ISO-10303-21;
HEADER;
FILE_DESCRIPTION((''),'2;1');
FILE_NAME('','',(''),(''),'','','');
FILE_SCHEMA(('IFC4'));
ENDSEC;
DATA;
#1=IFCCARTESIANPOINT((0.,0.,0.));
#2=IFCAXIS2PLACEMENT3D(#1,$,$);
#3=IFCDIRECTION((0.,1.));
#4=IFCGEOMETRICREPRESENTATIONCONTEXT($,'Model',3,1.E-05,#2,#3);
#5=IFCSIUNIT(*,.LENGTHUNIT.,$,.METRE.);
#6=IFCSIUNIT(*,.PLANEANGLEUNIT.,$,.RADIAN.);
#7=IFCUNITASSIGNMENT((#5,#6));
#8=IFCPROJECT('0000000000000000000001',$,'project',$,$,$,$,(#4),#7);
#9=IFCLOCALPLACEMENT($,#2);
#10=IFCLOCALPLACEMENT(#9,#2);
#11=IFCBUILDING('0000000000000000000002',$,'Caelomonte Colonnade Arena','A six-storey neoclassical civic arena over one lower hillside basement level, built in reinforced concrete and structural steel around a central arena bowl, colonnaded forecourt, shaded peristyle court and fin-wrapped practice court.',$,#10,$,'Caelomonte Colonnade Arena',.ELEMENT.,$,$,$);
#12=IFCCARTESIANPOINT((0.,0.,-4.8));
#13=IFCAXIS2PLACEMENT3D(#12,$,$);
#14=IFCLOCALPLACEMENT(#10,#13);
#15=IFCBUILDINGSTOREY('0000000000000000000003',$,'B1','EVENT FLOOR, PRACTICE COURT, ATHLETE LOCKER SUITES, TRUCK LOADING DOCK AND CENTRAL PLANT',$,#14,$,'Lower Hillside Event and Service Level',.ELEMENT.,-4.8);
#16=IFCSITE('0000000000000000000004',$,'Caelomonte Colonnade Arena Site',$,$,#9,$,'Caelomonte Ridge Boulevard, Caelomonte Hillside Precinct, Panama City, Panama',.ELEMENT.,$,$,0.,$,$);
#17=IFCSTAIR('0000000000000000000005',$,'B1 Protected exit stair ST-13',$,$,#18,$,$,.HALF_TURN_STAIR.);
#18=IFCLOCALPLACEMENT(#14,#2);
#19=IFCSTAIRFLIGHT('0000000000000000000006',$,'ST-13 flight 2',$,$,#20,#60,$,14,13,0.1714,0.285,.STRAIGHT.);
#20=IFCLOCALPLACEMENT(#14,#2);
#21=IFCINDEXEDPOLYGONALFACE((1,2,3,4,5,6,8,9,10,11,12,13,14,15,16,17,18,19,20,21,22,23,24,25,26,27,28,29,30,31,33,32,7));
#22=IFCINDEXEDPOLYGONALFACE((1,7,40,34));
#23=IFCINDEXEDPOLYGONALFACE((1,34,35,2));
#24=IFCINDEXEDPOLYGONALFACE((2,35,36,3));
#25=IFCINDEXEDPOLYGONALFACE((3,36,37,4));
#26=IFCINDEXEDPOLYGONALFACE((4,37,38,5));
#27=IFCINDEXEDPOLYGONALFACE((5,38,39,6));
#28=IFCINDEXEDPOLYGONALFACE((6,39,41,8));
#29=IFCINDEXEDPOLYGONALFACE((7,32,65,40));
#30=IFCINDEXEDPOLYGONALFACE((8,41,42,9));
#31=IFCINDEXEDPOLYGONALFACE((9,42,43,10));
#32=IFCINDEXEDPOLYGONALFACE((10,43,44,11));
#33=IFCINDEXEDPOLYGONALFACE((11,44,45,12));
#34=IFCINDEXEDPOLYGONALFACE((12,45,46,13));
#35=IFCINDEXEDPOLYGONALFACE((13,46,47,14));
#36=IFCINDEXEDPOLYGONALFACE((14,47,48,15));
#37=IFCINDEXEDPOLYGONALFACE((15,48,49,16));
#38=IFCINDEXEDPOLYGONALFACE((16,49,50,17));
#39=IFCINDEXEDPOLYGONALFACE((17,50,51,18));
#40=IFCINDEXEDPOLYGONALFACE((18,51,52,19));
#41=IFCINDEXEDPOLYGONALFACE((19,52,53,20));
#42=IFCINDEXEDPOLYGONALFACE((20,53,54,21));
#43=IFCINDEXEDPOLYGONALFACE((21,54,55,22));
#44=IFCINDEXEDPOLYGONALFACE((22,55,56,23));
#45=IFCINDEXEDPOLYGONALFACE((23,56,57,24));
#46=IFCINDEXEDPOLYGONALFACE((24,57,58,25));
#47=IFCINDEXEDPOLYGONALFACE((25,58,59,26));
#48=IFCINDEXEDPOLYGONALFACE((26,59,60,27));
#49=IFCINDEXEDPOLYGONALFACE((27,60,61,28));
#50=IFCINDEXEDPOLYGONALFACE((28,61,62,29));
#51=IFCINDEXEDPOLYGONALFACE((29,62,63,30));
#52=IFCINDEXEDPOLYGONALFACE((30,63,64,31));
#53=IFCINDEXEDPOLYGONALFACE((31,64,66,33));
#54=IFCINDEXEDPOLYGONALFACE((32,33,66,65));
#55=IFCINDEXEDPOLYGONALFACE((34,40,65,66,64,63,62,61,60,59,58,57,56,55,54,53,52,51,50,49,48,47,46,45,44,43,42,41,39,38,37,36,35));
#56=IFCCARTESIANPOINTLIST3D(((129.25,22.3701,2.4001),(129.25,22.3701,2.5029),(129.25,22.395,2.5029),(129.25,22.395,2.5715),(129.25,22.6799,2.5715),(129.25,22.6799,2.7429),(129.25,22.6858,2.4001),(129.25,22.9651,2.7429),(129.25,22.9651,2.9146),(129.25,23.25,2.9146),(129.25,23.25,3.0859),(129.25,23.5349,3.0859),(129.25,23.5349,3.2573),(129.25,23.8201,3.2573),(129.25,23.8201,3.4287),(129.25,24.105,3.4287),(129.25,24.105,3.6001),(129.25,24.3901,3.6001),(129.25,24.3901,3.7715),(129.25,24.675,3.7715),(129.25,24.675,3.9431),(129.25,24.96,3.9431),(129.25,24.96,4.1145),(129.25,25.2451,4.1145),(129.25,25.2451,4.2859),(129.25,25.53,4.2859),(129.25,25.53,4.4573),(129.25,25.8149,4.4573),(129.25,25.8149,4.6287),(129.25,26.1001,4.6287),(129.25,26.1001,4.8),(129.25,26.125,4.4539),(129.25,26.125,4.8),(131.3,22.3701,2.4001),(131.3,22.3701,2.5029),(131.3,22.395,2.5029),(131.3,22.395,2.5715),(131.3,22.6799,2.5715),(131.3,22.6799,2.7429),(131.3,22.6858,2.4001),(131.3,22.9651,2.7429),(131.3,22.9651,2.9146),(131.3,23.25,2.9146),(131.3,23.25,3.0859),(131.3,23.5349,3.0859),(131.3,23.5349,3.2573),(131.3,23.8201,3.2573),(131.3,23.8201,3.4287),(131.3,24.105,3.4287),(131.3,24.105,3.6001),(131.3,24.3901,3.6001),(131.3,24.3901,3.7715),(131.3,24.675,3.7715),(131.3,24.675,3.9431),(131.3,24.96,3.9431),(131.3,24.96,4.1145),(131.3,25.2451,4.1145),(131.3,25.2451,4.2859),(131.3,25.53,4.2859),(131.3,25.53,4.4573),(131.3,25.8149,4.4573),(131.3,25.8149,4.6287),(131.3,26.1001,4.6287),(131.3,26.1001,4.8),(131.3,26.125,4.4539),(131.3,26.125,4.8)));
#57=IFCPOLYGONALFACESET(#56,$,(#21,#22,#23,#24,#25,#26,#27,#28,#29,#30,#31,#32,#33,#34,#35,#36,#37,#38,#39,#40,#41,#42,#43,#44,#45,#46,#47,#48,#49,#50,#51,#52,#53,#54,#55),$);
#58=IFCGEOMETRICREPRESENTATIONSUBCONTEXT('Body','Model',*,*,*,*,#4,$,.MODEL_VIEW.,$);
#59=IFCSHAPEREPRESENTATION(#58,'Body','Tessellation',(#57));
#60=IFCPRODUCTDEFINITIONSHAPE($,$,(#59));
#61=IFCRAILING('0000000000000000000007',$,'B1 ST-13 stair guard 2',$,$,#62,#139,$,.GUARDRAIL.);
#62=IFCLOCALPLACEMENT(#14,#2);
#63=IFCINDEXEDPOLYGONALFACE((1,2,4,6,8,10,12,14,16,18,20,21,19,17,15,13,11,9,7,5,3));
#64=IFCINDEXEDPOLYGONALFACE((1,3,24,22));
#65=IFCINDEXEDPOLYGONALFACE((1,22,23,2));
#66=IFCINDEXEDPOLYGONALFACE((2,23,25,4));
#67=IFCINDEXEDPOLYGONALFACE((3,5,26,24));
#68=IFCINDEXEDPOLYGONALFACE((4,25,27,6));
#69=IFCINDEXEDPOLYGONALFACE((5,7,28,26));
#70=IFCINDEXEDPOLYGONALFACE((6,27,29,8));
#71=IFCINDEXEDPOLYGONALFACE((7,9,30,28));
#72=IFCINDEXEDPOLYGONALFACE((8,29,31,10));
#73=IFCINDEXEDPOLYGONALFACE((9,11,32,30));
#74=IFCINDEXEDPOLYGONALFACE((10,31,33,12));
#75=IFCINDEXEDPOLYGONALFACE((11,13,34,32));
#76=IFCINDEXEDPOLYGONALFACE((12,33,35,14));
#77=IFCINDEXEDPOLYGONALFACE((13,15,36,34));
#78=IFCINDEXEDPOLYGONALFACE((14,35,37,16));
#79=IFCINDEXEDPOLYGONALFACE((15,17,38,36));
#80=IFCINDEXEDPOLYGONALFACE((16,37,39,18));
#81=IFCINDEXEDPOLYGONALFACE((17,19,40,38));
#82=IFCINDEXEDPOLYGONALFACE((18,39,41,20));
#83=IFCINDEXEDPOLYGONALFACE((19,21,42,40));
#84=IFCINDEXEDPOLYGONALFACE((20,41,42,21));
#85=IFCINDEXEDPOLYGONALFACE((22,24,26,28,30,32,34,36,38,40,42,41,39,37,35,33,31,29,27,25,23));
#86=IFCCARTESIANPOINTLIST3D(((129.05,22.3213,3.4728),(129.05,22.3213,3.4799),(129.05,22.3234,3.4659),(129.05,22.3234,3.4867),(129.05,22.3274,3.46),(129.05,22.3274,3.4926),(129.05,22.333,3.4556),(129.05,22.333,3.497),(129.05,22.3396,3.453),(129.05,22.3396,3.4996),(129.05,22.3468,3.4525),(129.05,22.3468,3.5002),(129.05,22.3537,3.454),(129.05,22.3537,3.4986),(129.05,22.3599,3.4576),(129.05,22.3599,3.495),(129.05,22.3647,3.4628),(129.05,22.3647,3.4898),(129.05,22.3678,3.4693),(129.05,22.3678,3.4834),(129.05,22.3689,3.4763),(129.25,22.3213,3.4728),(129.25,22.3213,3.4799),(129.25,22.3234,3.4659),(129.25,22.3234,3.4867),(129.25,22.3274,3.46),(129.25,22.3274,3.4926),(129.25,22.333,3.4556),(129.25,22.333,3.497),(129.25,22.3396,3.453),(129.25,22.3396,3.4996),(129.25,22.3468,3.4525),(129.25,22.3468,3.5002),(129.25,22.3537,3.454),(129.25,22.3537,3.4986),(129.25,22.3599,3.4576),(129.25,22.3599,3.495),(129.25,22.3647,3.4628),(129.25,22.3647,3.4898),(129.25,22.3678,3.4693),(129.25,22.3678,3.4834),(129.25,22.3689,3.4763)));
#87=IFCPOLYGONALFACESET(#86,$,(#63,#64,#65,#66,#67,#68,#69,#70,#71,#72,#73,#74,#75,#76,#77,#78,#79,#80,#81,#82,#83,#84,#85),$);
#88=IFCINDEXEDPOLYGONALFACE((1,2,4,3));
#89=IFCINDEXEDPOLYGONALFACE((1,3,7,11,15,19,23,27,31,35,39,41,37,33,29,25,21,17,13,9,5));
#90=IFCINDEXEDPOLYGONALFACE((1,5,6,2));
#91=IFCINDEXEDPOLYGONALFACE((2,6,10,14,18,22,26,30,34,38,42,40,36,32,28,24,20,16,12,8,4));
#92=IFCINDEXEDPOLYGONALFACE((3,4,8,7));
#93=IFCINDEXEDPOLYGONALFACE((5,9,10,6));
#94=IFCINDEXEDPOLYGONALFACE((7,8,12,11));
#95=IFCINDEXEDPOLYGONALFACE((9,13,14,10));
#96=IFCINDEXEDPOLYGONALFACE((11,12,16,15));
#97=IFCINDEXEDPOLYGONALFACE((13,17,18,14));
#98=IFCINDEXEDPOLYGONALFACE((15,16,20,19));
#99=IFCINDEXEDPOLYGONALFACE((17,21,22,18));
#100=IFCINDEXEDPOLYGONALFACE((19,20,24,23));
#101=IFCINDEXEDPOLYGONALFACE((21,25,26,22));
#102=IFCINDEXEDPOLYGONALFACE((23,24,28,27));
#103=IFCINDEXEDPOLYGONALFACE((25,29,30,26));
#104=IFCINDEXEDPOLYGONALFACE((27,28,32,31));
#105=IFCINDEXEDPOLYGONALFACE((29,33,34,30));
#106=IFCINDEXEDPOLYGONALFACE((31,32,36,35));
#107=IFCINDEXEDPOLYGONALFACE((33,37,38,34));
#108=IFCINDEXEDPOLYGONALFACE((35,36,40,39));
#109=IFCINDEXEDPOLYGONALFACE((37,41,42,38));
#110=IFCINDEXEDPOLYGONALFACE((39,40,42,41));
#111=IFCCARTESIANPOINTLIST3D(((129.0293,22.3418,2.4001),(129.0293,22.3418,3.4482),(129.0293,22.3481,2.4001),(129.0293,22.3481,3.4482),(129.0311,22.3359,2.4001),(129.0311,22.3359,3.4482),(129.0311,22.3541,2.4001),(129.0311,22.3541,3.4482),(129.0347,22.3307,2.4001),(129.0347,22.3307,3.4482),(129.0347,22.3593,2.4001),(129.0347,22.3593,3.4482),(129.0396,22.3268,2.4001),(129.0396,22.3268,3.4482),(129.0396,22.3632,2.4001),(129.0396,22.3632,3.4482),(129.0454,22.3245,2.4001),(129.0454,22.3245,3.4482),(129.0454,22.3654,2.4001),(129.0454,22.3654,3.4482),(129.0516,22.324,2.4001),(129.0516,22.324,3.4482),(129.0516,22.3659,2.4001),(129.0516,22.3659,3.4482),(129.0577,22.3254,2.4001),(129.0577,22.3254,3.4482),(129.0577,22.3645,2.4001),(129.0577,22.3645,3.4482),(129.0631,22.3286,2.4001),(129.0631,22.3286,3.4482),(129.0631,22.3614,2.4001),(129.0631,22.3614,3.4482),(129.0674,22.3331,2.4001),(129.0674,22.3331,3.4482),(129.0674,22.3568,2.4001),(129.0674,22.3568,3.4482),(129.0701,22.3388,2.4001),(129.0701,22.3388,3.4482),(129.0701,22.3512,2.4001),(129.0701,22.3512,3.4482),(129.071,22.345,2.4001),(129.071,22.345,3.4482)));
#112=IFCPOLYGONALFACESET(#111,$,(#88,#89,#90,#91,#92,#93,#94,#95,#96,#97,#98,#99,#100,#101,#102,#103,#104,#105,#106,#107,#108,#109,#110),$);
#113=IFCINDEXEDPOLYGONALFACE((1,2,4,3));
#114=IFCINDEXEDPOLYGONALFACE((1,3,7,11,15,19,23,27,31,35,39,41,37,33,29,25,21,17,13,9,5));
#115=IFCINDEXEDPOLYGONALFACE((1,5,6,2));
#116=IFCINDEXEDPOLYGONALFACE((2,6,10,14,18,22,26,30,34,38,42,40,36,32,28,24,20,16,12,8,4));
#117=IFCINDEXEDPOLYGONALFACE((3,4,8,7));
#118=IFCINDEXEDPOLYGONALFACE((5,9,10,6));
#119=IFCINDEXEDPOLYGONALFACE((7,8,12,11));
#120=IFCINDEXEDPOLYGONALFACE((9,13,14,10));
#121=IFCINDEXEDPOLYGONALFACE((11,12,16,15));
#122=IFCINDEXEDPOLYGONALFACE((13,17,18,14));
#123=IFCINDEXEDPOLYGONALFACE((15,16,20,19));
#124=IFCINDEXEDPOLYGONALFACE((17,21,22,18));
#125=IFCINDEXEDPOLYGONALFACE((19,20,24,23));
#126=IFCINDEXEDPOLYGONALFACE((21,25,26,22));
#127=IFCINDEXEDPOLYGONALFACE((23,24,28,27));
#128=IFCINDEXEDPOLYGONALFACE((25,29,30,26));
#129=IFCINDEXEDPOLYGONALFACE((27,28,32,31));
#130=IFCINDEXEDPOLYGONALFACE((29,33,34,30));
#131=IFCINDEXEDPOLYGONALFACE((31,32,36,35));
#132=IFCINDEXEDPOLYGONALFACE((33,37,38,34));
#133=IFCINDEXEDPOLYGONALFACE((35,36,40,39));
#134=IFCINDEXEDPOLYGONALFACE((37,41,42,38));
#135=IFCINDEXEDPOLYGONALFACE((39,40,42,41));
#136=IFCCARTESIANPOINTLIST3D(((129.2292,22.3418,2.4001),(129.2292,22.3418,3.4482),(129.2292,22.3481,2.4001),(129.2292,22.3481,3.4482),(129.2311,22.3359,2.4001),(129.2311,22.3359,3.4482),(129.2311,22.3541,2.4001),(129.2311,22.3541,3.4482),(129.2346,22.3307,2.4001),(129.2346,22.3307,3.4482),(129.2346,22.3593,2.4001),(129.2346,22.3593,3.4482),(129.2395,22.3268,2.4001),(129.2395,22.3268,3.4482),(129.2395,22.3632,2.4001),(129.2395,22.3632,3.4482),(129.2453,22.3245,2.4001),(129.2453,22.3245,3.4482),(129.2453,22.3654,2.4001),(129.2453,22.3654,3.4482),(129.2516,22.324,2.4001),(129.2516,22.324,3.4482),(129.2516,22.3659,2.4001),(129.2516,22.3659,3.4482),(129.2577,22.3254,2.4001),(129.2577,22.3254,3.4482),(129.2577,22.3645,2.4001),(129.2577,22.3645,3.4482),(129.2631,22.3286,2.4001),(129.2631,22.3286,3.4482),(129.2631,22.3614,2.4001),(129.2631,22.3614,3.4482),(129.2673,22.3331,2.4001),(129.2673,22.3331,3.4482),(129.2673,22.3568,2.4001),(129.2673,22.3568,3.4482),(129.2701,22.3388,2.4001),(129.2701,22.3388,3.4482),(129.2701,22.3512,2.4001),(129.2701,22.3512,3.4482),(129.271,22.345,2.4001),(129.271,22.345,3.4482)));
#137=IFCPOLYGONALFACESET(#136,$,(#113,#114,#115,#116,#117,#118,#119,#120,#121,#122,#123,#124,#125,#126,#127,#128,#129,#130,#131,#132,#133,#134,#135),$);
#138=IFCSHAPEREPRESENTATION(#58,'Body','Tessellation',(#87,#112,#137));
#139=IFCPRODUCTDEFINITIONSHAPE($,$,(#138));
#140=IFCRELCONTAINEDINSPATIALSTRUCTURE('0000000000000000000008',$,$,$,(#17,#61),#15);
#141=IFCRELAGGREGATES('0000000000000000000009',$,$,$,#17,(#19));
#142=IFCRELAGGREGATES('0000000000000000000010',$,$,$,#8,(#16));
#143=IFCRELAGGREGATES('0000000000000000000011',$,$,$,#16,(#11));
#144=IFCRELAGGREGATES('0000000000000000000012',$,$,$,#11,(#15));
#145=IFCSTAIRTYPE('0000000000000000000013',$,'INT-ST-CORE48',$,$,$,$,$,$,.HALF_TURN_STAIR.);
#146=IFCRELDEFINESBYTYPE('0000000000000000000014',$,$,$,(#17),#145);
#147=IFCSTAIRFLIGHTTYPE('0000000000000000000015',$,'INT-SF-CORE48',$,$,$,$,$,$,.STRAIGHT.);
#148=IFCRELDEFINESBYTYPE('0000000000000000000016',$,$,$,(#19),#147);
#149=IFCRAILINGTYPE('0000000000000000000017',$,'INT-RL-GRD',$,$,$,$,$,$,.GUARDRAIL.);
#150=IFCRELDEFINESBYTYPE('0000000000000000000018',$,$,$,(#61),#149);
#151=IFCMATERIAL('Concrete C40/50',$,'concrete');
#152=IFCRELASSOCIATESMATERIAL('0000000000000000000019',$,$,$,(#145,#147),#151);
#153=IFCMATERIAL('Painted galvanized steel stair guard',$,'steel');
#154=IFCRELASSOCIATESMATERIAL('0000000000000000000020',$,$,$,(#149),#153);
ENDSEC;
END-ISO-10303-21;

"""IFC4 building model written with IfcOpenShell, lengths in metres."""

from ifc_helpers import new_model, si_unit, direction, frame, origin, origin_2d, place, context, subcontext, project, spatial, polyline, circle, outline, extrude, material, type_object, element, aggregate, save


model = new_model("IFC4")

# Units and contexts
model_context = context("Model", 3, precision=1e-05, world=origin(), true_north=direction((0.0, 1.0)))
body_context = subcontext(model_context, "Body", "Model", "MODEL_VIEW")
ifc_project = project(units=[si_unit("LENGTHUNIT", "METRE"), si_unit("PLANEANGLEUNIT", "RADIAN")], contexts=[model_context])

# Site, building, storey
site_placement = place(None, origin())
site = spatial("IfcSite", under=ifc_project, at=site_placement, Name="Caelomonte Colonnade Arena Site", LongName="Caelomonte Ridge Boulevard, Caelomonte Hillside Precinct, Panama City, Panama", CompositionType="ELEMENT", RefElevation=0.0)
building_placement = place(site_placement, origin())
building = spatial("IfcBuilding", under=site, at=building_placement, Name="Caelomonte Colonnade Arena", Description="A six-storey neoclassical civic arena over one lower hillside basement level, built in reinforced concrete and structural steel around a central arena bowl, colonnaded forecourt, shaded peristyle court and fin-wrapped practice court.", LongName="Caelomonte Colonnade Arena", CompositionType="ELEMENT")
storey_placement = place(building_placement, frame((0.0, 0.0, -4.8)))
storey = spatial("IfcBuildingStorey", under=building, at=storey_placement, Name="B1", Description="EVENT FLOOR, PRACTICE COURT, ATHLETE LOCKER SUITES, TRUCK LOADING DOCK AND CENTRAL PLANT", LongName="Lower Hillside Event and Service Level", CompositionType="ELEMENT", Elevation=-4.8)

# Shared definitions
ifc_material_1 = material(Name="Concrete C40/50", Category="concrete")

# Stair, stair flight
stair_type = type_object("IfcStairType", Name="INT-ST-CORE48", PredefinedType="HALF_TURN_STAIR", material=ifc_material_1)
stair_placement = place(storey_placement, origin())
stair = element("IfcStair", 1, at=stair_placement, inside=storey, type_object=stair_type, Name="B1 Protected exit stair ST-13", PredefinedType="HALF_TURN_STAIR")
stair_flight_type = type_object("IfcStairFlightType", Name="INT-SF-CORE48", PredefinedType="STRAIGHT", material=ifc_material_1)
stair_flight_placement = place(storey_placement, frame((130.2749, 22.395, 2.4001), z_axis=(0.0, 0.0, 1.0), x_axis=(0.0, 1.0, 0.0)))
stair_flight = element("IfcStairFlight", 2, at=stair_flight_placement, type_object=stair_flight_type, Name="ST-13 flight 2", NumberOfRisers=14, NumberOfTreads=13, PredefinedType="STRAIGHT", RiserHeight=0.1714, TreadLength=0.285, context=body_context, shape_type="SweptSolid", body=[
    extrude(outline(polyline([(-0.0249, 0.0), (-0.0249, 0.1028), (0.0, 0.1028), (0.0, 0.1714), (0.2849, 0.1714), (0.2849, 0.3428), (0.5701, 0.3428), (0.5701, 0.5144), (0.855, 0.5144), (0.855, 0.6858), (1.1399, 0.6858), (1.1399, 0.8572), (1.425, 0.8572), (1.425, 1.0286), (1.71, 1.0286), (1.71, 1.2), (1.9951, 1.2), (1.9951, 1.3713), (2.28, 1.3713), (2.28, 1.543), (2.5649, 1.543), (2.5649, 1.7144), (2.8501, 1.7144), (2.8501, 1.8857), (3.135, 1.8857), (3.135, 2.0571), (3.4199, 2.0571), (3.4199, 2.2285), (3.7051, 2.2285), (3.7051, 2.3999), (3.73, 2.3999), (3.73, 2.0537), (0.2908, 0.0), (-0.0249, 0.0)])), frame((0.0, 1.0249, 0.0), z_axis=(0.0, -1.0, 0.0), x_axis=(1.0, 0.0, 0.0)), (0.0, 0.0, 1.0), 2.05),
])
aggregate(stair, [stair_flight])

# Railing
ifc_material_2 = material(Name="Painted galvanized steel stair guard", Category="steel")
railing_type_1 = type_object("IfcRailingType", Name="INT-RL-GRD", PredefinedType="GUARDRAIL", material=ifc_material_2)
railing_1_placement = place(storey_placement, frame((129.05, 22.345, 2.4001)))
element("IfcRailing", 3, at=railing_1_placement, inside=storey, type_object=railing_type_1, Name="B1 ST-13 stair guard 2", PredefinedType="GUARDRAIL", context=body_context, shape_type="SweptSolid", body=[
    extrude(circle(Radius=0.0239, at=origin_2d()), frame((0.0, 0.0, 1.0762), z_axis=(1.0, 0.0, 0.0), x_axis=(0.0, 1.0, 0.0)), (0.0, 0.0, 1.0), 0.2),
    extrude(circle(Radius=0.021, at=origin_2d()), origin(), (0.0, 0.0, 1.0), 1.0481),
    extrude(circle(Radius=0.021, at=origin_2d()), frame((0.2, 0.0, 0.0)), (0.0, 0.0, 1.0), 1.0481),
])

save(model, "model.ifc")
